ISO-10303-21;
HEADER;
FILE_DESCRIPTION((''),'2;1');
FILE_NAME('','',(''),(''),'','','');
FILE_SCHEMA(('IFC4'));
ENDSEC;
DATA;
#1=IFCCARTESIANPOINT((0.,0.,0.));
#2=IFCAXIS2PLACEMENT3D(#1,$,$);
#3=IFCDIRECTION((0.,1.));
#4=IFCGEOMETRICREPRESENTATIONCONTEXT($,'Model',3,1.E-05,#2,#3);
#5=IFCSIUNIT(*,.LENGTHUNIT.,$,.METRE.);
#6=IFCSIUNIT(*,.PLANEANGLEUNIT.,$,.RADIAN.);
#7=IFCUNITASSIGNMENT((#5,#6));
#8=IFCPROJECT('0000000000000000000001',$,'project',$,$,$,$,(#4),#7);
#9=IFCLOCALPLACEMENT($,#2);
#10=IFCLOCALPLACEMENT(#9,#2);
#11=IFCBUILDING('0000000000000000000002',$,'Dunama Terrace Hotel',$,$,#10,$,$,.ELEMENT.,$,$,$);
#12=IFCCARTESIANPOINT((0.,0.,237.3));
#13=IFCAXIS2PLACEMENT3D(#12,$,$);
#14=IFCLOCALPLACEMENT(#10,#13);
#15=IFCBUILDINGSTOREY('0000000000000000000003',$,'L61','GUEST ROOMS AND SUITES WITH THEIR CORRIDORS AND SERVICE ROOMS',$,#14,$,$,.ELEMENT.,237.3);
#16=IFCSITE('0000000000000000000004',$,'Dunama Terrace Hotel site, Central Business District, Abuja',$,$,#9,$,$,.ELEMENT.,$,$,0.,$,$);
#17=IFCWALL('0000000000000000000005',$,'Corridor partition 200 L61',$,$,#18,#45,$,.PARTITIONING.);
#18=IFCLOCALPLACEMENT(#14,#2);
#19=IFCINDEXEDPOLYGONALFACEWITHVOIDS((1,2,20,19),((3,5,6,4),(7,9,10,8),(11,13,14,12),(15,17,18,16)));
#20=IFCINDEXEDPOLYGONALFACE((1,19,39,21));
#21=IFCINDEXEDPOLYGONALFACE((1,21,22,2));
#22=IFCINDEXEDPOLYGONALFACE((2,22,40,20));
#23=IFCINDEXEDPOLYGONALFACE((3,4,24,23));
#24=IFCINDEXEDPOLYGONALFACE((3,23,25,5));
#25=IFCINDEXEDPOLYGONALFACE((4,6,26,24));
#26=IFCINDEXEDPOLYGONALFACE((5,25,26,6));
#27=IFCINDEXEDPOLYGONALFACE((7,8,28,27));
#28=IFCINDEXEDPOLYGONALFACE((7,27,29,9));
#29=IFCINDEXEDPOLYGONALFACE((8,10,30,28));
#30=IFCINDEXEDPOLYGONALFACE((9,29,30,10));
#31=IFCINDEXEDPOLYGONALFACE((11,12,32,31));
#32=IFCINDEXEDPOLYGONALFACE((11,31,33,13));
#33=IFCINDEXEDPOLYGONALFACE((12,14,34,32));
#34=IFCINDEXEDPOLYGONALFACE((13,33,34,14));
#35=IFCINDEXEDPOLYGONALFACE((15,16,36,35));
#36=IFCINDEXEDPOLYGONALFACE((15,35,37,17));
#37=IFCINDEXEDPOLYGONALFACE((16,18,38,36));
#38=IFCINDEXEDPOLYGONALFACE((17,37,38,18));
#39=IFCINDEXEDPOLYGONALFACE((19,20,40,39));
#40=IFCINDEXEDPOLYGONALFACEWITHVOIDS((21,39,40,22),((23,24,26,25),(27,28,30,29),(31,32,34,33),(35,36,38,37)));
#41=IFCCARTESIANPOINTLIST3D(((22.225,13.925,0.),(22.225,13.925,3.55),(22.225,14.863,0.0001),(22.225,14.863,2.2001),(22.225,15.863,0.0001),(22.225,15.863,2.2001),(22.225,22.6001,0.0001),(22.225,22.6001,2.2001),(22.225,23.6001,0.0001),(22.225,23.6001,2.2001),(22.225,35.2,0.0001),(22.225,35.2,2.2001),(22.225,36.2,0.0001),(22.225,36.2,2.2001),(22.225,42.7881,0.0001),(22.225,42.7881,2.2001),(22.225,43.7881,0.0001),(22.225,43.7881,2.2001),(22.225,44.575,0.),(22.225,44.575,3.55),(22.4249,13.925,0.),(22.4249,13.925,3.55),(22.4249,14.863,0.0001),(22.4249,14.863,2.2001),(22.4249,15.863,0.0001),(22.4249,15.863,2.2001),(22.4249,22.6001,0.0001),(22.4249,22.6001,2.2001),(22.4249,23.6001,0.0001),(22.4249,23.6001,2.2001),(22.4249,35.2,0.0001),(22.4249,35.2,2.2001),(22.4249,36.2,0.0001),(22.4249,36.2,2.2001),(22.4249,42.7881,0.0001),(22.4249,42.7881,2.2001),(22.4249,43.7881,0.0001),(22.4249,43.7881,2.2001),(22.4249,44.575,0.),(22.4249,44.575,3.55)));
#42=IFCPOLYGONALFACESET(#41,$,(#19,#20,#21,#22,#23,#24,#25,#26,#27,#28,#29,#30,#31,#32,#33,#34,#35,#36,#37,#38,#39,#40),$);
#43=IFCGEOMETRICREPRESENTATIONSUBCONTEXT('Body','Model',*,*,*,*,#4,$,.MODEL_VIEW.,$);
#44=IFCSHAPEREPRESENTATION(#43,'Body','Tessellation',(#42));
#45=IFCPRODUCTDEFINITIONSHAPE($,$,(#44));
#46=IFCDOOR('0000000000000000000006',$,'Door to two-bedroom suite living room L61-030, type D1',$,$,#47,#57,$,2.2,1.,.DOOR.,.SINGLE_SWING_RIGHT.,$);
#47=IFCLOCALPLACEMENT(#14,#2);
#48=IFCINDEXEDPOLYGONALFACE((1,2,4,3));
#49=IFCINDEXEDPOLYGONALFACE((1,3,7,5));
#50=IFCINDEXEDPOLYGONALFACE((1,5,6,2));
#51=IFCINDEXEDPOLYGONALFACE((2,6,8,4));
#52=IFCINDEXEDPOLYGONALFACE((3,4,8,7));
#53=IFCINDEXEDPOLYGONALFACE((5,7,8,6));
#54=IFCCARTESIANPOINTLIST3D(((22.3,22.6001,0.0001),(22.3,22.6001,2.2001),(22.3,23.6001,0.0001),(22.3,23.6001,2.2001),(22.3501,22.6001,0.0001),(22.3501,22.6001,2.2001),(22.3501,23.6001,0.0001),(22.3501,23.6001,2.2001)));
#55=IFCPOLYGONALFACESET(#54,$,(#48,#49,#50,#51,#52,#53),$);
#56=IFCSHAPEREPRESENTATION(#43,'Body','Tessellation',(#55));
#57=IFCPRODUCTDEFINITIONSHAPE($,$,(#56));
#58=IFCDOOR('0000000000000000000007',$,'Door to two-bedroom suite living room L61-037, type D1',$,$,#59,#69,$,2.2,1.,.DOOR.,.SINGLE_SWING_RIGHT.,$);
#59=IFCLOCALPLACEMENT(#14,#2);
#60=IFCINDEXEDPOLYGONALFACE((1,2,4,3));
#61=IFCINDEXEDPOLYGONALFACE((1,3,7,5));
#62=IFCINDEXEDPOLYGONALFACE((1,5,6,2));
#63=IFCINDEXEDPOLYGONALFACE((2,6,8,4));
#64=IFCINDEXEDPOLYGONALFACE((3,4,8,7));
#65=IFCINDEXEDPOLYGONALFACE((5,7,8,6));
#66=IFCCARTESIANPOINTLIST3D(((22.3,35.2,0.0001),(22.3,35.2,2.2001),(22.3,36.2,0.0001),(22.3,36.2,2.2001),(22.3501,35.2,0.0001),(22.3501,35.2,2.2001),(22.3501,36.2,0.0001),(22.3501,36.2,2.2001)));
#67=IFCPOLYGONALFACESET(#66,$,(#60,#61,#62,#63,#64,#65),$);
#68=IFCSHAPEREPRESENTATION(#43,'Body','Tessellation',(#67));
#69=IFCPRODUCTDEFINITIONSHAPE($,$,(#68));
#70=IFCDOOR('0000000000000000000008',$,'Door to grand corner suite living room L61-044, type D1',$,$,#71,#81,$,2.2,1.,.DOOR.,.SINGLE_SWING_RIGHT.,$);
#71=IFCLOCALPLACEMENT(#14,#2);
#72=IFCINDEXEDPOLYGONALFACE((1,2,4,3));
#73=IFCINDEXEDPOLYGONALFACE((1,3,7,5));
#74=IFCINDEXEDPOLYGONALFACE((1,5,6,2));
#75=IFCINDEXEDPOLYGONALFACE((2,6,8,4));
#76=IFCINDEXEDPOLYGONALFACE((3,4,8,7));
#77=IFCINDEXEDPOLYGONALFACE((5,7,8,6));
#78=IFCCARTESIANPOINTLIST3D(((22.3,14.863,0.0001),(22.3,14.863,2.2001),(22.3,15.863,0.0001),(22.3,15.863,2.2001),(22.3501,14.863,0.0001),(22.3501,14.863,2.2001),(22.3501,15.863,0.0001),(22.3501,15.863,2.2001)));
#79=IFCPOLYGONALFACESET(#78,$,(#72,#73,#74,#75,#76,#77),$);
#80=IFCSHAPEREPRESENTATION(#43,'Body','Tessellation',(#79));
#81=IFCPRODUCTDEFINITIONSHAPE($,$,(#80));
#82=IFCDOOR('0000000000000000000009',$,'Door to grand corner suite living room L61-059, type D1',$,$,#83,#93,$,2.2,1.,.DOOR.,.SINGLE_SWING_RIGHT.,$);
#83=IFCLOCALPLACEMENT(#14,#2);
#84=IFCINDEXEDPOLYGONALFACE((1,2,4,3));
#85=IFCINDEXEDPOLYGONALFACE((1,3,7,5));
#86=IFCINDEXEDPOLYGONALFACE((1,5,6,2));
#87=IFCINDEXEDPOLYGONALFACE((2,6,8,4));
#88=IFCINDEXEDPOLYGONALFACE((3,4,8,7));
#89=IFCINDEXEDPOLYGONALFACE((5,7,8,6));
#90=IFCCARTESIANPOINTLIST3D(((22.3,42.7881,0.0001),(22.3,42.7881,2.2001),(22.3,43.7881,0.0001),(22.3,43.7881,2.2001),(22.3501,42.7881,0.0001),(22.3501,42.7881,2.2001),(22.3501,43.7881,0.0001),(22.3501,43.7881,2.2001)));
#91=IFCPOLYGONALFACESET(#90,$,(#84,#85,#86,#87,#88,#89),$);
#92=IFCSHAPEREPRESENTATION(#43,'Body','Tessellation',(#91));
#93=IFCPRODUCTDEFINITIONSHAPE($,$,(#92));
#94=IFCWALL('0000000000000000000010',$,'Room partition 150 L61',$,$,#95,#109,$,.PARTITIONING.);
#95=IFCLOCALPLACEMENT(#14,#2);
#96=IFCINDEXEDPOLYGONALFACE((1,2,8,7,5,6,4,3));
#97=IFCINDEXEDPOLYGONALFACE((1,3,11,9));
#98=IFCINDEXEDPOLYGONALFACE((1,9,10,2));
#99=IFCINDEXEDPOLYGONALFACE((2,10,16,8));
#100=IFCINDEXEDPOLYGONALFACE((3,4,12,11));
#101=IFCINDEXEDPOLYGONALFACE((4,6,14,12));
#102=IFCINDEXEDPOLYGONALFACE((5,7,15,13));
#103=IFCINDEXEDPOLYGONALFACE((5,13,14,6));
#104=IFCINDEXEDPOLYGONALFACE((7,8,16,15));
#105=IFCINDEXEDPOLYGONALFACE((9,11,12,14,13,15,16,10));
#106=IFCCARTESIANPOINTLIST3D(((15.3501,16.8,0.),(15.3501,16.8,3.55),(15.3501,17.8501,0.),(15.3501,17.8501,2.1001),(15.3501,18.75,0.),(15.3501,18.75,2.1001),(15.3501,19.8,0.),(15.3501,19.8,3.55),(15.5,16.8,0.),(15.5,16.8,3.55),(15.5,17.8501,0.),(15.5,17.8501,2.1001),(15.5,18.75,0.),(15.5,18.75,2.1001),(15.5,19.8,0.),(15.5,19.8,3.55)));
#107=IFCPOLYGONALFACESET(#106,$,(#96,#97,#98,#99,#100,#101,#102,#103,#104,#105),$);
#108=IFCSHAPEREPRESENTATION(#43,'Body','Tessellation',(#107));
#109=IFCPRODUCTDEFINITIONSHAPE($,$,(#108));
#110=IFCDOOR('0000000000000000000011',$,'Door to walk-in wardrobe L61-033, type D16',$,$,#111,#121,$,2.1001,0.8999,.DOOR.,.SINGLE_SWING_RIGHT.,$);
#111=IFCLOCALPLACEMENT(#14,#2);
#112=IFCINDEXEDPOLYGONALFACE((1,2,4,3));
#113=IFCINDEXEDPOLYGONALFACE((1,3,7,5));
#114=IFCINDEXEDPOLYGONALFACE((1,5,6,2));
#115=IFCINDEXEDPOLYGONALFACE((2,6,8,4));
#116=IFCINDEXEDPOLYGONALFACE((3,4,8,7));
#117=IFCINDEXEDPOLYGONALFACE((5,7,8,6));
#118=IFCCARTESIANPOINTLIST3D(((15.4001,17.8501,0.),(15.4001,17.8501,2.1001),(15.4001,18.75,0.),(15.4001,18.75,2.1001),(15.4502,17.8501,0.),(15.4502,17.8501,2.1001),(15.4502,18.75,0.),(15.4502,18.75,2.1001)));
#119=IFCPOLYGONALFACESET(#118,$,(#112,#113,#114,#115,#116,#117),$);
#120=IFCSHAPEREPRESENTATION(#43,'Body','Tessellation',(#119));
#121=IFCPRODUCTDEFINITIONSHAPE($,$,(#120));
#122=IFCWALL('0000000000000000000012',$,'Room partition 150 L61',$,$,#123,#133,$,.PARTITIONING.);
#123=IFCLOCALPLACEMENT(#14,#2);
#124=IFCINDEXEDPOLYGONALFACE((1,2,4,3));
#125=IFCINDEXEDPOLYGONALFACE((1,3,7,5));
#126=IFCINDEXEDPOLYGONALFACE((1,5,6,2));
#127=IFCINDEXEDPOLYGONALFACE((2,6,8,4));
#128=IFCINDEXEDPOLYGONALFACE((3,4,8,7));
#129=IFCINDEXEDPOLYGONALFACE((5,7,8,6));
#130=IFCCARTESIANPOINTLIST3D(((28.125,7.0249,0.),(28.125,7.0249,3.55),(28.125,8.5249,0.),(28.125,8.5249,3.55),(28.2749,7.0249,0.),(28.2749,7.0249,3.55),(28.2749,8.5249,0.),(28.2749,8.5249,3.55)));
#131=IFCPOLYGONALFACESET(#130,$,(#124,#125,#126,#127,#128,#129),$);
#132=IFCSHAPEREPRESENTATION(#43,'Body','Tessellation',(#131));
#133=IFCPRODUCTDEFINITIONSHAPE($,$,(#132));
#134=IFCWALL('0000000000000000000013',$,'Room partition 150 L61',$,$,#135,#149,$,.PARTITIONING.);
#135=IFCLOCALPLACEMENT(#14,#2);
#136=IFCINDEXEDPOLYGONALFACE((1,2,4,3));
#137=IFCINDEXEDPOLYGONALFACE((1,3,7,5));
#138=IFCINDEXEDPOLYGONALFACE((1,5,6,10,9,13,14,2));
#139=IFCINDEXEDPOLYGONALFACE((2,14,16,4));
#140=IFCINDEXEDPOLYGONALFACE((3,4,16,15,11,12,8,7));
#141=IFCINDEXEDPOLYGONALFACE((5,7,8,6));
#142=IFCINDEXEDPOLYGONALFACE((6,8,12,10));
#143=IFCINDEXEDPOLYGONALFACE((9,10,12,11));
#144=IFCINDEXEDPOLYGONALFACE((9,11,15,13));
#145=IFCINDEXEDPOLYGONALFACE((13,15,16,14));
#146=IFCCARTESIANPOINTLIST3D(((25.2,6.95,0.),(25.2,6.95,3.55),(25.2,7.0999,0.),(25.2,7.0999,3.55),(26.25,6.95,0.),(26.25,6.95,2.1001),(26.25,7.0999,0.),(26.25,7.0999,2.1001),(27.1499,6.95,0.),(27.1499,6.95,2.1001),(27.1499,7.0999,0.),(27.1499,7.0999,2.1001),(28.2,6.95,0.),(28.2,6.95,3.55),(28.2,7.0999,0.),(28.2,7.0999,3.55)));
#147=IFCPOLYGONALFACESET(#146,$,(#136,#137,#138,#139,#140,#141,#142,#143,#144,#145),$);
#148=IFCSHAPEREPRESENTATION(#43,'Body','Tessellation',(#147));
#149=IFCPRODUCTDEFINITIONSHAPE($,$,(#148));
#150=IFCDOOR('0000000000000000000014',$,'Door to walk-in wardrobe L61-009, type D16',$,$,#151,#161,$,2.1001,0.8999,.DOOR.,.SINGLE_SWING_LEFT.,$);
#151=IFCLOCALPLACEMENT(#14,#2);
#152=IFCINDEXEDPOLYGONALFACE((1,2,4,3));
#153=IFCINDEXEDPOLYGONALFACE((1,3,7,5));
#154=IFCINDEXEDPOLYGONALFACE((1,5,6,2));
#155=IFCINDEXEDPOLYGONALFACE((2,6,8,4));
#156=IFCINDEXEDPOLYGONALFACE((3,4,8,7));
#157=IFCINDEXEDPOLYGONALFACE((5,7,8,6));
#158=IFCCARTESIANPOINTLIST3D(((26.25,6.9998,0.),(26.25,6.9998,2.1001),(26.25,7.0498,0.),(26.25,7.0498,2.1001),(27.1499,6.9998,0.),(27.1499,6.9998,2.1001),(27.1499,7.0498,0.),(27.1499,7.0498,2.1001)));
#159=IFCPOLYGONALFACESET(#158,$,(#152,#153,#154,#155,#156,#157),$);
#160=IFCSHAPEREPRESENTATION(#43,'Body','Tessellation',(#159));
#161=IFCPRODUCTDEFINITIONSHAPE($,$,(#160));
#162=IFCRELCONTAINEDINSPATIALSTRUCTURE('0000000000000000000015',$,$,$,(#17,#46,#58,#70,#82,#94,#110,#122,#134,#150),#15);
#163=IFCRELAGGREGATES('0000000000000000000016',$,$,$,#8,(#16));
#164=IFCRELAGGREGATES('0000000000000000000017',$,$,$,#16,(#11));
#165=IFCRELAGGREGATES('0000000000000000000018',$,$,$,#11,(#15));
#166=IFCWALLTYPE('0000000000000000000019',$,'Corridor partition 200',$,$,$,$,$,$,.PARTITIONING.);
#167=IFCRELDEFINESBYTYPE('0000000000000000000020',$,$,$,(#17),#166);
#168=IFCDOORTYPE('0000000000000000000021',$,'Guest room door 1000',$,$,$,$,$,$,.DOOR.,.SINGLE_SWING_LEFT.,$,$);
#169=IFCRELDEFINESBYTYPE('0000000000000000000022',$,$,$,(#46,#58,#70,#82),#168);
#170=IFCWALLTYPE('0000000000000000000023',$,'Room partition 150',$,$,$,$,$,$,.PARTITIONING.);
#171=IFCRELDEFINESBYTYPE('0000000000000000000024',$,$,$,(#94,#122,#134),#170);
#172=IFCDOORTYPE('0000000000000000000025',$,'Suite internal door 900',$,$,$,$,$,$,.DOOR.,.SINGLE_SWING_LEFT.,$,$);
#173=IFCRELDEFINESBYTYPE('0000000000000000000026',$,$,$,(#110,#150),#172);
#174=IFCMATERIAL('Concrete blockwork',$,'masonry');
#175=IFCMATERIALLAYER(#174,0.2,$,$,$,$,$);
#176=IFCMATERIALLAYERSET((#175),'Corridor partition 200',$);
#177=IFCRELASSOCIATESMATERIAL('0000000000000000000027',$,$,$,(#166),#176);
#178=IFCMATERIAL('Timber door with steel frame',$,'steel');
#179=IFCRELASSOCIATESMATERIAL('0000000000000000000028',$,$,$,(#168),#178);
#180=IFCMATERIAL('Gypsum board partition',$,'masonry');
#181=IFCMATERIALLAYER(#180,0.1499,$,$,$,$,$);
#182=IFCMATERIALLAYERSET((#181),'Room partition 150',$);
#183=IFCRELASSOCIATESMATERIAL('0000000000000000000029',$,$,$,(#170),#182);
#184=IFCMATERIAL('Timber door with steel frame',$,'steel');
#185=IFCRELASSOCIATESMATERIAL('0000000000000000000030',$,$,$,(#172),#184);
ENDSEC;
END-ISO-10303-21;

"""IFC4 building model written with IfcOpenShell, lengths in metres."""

from ifc_helpers import new_model, si_unit, direction, frame, frame_2d, origin, place, context, subcontext, project, spatial, rectangle, extrude, material, layer, layer_set, type_object, element, fill, save


model = new_model("IFC4")

# Units and contexts
model_context = context("Model", 3, precision=1e-05, world=origin(), true_north=direction((0.0, 1.0)))
body_context = subcontext(model_context, "Body", "Model", "MODEL_VIEW")
ifc_project = project(units=[si_unit("LENGTHUNIT", "METRE"), si_unit("PLANEANGLEUNIT", "RADIAN")], contexts=[model_context])

# Site, building, storey
site_placement = place(None, origin())
site = spatial("IfcSite", under=ifc_project, at=site_placement, Name="Dunama Terrace Hotel site, Central Business District, Abuja", CompositionType="ELEMENT", RefElevation=0.0)
building_placement = place(site_placement, origin())
building = spatial("IfcBuilding", under=site, at=building_placement, Name="Dunama Terrace Hotel", CompositionType="ELEMENT")
storey_placement = place(building_placement, frame((0.0, 0.0, 237.3)))
storey = spatial("IfcBuildingStorey", under=building, at=storey_placement, Name="L61", Description="GUEST ROOMS AND SUITES WITH THEIR CORRIDORS AND SERVICE ROOMS", CompositionType="ELEMENT", Elevation=237.3)

# Wall, openings, doors
ifc_material_1 = material(Name="Concrete blockwork", Category="masonry")
ifc_layer_1 = layer(ifc_material_1, 0.2)
ifc_layer_set_1 = layer_set([ifc_layer_1], Name="Corridor partition 200")
wall_type_1 = type_object("IfcWallType", Name="Corridor partition 200", PredefinedType="PARTITIONING", material=ifc_layer_set_1)
wall_1_placement = place(storey_placement, frame((22.325, 13.925, 0.0), z_axis=(0.0, 0.0, 1.0), x_axis=(0.0, 1.0, 0.0)))
wall_1 = element("IfcWall", 1, at=wall_1_placement, inside=storey, type_object=wall_type_1, Name="Corridor partition 200 L61", PredefinedType="PARTITIONING", context=body_context, shape_type="SweptSolid", body=[
    extrude(rectangle(XDim=30.6499, YDim=0.2, at=frame_2d((15.325, 0.0))), origin(), (0.0, 0.0, 1.0), 3.55),
])
opening_1_placement = place(wall_1_placement, frame((8.675, 0.0, 0.0)))
opening_1 = element("IfcOpeningElement", 2, at=opening_1_placement, cuts=wall_1, PredefinedType="OPENING", context=body_context, shape_type="SweptSolid", body=[
    extrude(rectangle(XDim=1.0, YDim=2.2, at=frame_2d((0.5, 1.1001))), frame((0.0, 0.1099, 0.0), z_axis=(0.0, -1.0, 0.0), x_axis=(1.0, 0.0, 0.0)), (0.0, 0.0, 1.0), 0.22),
])
opening_2_placement = place(wall_1_placement, frame((21.2749, 0.0, 0.0)))
opening_2 = element("IfcOpeningElement", 3, at=opening_2_placement, cuts=wall_1, PredefinedType="OPENING", context=body_context, shape_type="SweptSolid", body=[
    extrude(rectangle(XDim=1.0, YDim=2.2, at=frame_2d((0.5, 1.1001))), frame((0.0, 0.1099, 0.0), z_axis=(0.0, -1.0, 0.0), x_axis=(1.0, 0.0, 0.0)), (0.0, 0.0, 1.0), 0.22),
])
opening_3_placement = place(wall_1_placement, frame((0.938, 0.0, 0.0)))
opening_3 = element("IfcOpeningElement", 4, at=opening_3_placement, cuts=wall_1, PredefinedType="OPENING", context=body_context, shape_type="SweptSolid", body=[
    extrude(rectangle(XDim=1.0, YDim=2.2, at=frame_2d((0.5, 1.1001))), frame((0.0, 0.1099, 0.0), z_axis=(0.0, -1.0, 0.0), x_axis=(1.0, 0.0, 0.0)), (0.0, 0.0, 1.0), 0.22),
])
opening_4_placement = place(wall_1_placement, frame((28.863, 0.0, 0.0)))
opening_4 = element("IfcOpeningElement", 5, at=opening_4_placement, cuts=wall_1, PredefinedType="OPENING", context=body_context, shape_type="SweptSolid", body=[
    extrude(rectangle(XDim=1.0, YDim=2.2, at=frame_2d((0.5, 1.1001))), frame((0.0, 0.1099, 0.0), z_axis=(0.0, -1.0, 0.0), x_axis=(1.0, 0.0, 0.0)), (0.0, 0.0, 1.0), 0.22),
])
ifc_material_2 = material(Name="Timber door with steel frame", Category="steel")
door_type_1 = type_object("IfcDoorType", Name="Guest room door 1000", OperationType="SINGLE_SWING_LEFT", PredefinedType="DOOR", material=ifc_material_2)
door_1_placement = place(opening_1_placement, origin())
door_1 = element("IfcDoor", 6, at=door_1_placement, inside=storey, type_object=door_type_1, Name="Door to two-bedroom suite living room L61-030, type D1", OperationType="SINGLE_SWING_RIGHT", OverallHeight=2.2, OverallWidth=1.0, PredefinedType="DOOR", context=body_context, shape_type="SweptSolid", body=[
    extrude(rectangle(XDim=1.0, YDim=2.2, at=frame_2d((0.5, 1.1001))), frame((0.0, 0.0249, 0.0), z_axis=(0.0, -1.0, 0.0), x_axis=(1.0, 0.0, 0.0)), (0.0, 0.0, 1.0), 0.05),
])
fill(opening_1, door_1)
door_2_placement = place(opening_2_placement, origin())
door_2 = element("IfcDoor", 7, at=door_2_placement, inside=storey, type_object=door_type_1, Name="Door to two-bedroom suite living room L61-037, type D1", OperationType="SINGLE_SWING_RIGHT", OverallHeight=2.2, OverallWidth=1.0, PredefinedType="DOOR", context=body_context, shape_type="SweptSolid", body=[
    extrude(rectangle(XDim=1.0, YDim=2.2, at=frame_2d((0.5, 1.1001))), frame((0.0, 0.0249, 0.0), z_axis=(0.0, -1.0, 0.0), x_axis=(1.0, 0.0, 0.0)), (0.0, 0.0, 1.0), 0.05),
])
fill(opening_2, door_2)
door_3_placement = place(opening_3_placement, origin())
door_3 = element("IfcDoor", 8, at=door_3_placement, inside=storey, type_object=door_type_1, Name="Door to grand corner suite living room L61-044, type D1", OperationType="SINGLE_SWING_RIGHT", OverallHeight=2.2, OverallWidth=1.0, PredefinedType="DOOR", context=body_context, shape_type="SweptSolid", body=[
    extrude(rectangle(XDim=1.0, YDim=2.2, at=frame_2d((0.5, 1.1001))), frame((0.0, 0.0249, 0.0), z_axis=(0.0, -1.0, 0.0), x_axis=(1.0, 0.0, 0.0)), (0.0, 0.0, 1.0), 0.05),
])
fill(opening_3, door_3)
door_4_placement = place(opening_4_placement, origin())
door_4 = element("IfcDoor", 9, at=door_4_placement, inside=storey, type_object=door_type_1, Name="Door to grand corner suite living room L61-059, type D1", OperationType="SINGLE_SWING_RIGHT", OverallHeight=2.2, OverallWidth=1.0, PredefinedType="DOOR", context=body_context, shape_type="SweptSolid", body=[
    extrude(rectangle(XDim=1.0, YDim=2.2, at=frame_2d((0.5, 1.1001))), frame((0.0, 0.0249, 0.0), z_axis=(0.0, -1.0, 0.0), x_axis=(1.0, 0.0, 0.0)), (0.0, 0.0, 1.0), 0.05),
])
fill(opening_4, door_4)

# Wall, opening, door
ifc_material_3 = material(Name="Gypsum board partition", Category="masonry")
ifc_layer_2 = layer(ifc_material_3, 0.1499)
ifc_layer_set_2 = layer_set([ifc_layer_2], Name="Room partition 150")
wall_type_2 = type_object("IfcWallType", Name="Room partition 150", PredefinedType="PARTITIONING", material=ifc_layer_set_2)
wall_2_placement = place(storey_placement, frame((15.425, 16.8, 0.0), z_axis=(0.0, 0.0, 1.0), x_axis=(0.0, 1.0, 0.0)))
wall_2 = element("IfcWall", 10, at=wall_2_placement, inside=storey, type_object=wall_type_2, Name="Room partition 150 L61", PredefinedType="PARTITIONING", context=body_context, shape_type="SweptSolid", body=[
    extrude(rectangle(XDim=3.0, YDim=0.1499, at=frame_2d((1.5, 0.0))), origin(), (0.0, 0.0, 1.0), 3.55),
])
opening_5_placement = place(wall_2_placement, frame((1.05, 0.0, 0.0)))
opening_5 = element("IfcOpeningElement", 11, at=opening_5_placement, cuts=wall_2, PredefinedType="OPENING", context=body_context, shape_type="SweptSolid", body=[
    extrude(rectangle(XDim=0.8999, YDim=2.1001, at=frame_2d((0.45, 1.05))), frame((0.0, 0.085, 0.0), z_axis=(0.0, -1.0, 0.0), x_axis=(1.0, 0.0, 0.0)), (0.0, 0.0, 1.0), 0.1699),
])
ifc_material_4 = material(Name="Timber door with steel frame", Category="steel")
door_type_2 = type_object("IfcDoorType", Name="Suite internal door 900", OperationType="SINGLE_SWING_LEFT", PredefinedType="DOOR", material=ifc_material_4)
door_5_placement = place(opening_5_placement, frame((0.8999, 0.0, 0.0), z_axis=(0.0, 0.0, 1.0), x_axis=(-1.0, 0.0, 0.0)))
door_5 = element("IfcDoor", 12, at=door_5_placement, inside=storey, type_object=door_type_2, Name="Door to walk-in wardrobe L61-033, type D16", OperationType="SINGLE_SWING_RIGHT", OverallHeight=2.1001, OverallWidth=0.8999, PredefinedType="DOOR", context=body_context, shape_type="SweptSolid", body=[
    extrude(rectangle(XDim=0.8999, YDim=2.1001, at=frame_2d((0.45, 1.05))), frame((0.0, 0.0251, 0.0), z_axis=(0.0, -1.0, 0.0), x_axis=(1.0, 0.0, 0.0)), (0.0, 0.0, 1.0), 0.05),
])
fill(opening_5, door_5)

# Wall
wall_3_placement = place(storey_placement, frame((28.2, 7.0249, 0.0), z_axis=(0.0, 0.0, 1.0), x_axis=(0.0, 1.0, 0.0)))
element("IfcWall", 13, at=wall_3_placement, inside=storey, type_object=wall_type_2, Name="Room partition 150 L61", PredefinedType="PARTITIONING", context=body_context, shape_type="SweptSolid", body=[
    extrude(rectangle(XDim=1.5, YDim=0.1499, at=frame_2d((0.75, 0.0))), origin(), (0.0, 0.0, 1.0), 3.55),
])

# Wall, opening, door
wall_4_placement = place(storey_placement, frame((25.2, 7.0249, 0.0), z_axis=(0.0, 0.0, 1.0), x_axis=(1.0, 0.0, 0.0)))
wall_4 = element("IfcWall", 14, at=wall_4_placement, inside=storey, type_object=wall_type_2, Name="Room partition 150 L61", PredefinedType="PARTITIONING", context=body_context, shape_type="SweptSolid", body=[
    extrude(rectangle(XDim=3.0, YDim=0.1499, at=frame_2d((1.5, 0.0))), origin(), (0.0, 0.0, 1.0), 3.55),
])
opening_6_placement = place(wall_4_placement, frame((1.05, 0.0, 0.0)))
opening_6 = element("IfcOpeningElement", 15, at=opening_6_placement, cuts=wall_4, PredefinedType="OPENING", context=body_context, shape_type="SweptSolid", body=[
    extrude(rectangle(XDim=0.8999, YDim=2.1001, at=frame_2d((0.45, 1.05))), frame((0.0, 0.085, 0.0), z_axis=(0.0, -1.0, 0.0), x_axis=(1.0, 0.0, 0.0)), (0.0, 0.0, 1.0), 0.1699),
])
door_6_placement = place(opening_6_placement, origin())
door_6 = element("IfcDoor", 16, at=door_6_placement, inside=storey, type_object=door_type_2, Name="Door to walk-in wardrobe L61-009, type D16", OperationType="SINGLE_SWING_LEFT", OverallHeight=2.1001, OverallWidth=0.8999, PredefinedType="DOOR", context=body_context, shape_type="SweptSolid", body=[
    extrude(rectangle(XDim=0.8999, YDim=2.1001, at=frame_2d((0.45, 1.05))), frame((0.0, 0.0249, 0.0), z_axis=(0.0, -1.0, 0.0), x_axis=(1.0, 0.0, 0.0)), (0.0, 0.0, 1.0), 0.05),
])
fill(opening_6, door_6)

save(model, "model.ifc")
